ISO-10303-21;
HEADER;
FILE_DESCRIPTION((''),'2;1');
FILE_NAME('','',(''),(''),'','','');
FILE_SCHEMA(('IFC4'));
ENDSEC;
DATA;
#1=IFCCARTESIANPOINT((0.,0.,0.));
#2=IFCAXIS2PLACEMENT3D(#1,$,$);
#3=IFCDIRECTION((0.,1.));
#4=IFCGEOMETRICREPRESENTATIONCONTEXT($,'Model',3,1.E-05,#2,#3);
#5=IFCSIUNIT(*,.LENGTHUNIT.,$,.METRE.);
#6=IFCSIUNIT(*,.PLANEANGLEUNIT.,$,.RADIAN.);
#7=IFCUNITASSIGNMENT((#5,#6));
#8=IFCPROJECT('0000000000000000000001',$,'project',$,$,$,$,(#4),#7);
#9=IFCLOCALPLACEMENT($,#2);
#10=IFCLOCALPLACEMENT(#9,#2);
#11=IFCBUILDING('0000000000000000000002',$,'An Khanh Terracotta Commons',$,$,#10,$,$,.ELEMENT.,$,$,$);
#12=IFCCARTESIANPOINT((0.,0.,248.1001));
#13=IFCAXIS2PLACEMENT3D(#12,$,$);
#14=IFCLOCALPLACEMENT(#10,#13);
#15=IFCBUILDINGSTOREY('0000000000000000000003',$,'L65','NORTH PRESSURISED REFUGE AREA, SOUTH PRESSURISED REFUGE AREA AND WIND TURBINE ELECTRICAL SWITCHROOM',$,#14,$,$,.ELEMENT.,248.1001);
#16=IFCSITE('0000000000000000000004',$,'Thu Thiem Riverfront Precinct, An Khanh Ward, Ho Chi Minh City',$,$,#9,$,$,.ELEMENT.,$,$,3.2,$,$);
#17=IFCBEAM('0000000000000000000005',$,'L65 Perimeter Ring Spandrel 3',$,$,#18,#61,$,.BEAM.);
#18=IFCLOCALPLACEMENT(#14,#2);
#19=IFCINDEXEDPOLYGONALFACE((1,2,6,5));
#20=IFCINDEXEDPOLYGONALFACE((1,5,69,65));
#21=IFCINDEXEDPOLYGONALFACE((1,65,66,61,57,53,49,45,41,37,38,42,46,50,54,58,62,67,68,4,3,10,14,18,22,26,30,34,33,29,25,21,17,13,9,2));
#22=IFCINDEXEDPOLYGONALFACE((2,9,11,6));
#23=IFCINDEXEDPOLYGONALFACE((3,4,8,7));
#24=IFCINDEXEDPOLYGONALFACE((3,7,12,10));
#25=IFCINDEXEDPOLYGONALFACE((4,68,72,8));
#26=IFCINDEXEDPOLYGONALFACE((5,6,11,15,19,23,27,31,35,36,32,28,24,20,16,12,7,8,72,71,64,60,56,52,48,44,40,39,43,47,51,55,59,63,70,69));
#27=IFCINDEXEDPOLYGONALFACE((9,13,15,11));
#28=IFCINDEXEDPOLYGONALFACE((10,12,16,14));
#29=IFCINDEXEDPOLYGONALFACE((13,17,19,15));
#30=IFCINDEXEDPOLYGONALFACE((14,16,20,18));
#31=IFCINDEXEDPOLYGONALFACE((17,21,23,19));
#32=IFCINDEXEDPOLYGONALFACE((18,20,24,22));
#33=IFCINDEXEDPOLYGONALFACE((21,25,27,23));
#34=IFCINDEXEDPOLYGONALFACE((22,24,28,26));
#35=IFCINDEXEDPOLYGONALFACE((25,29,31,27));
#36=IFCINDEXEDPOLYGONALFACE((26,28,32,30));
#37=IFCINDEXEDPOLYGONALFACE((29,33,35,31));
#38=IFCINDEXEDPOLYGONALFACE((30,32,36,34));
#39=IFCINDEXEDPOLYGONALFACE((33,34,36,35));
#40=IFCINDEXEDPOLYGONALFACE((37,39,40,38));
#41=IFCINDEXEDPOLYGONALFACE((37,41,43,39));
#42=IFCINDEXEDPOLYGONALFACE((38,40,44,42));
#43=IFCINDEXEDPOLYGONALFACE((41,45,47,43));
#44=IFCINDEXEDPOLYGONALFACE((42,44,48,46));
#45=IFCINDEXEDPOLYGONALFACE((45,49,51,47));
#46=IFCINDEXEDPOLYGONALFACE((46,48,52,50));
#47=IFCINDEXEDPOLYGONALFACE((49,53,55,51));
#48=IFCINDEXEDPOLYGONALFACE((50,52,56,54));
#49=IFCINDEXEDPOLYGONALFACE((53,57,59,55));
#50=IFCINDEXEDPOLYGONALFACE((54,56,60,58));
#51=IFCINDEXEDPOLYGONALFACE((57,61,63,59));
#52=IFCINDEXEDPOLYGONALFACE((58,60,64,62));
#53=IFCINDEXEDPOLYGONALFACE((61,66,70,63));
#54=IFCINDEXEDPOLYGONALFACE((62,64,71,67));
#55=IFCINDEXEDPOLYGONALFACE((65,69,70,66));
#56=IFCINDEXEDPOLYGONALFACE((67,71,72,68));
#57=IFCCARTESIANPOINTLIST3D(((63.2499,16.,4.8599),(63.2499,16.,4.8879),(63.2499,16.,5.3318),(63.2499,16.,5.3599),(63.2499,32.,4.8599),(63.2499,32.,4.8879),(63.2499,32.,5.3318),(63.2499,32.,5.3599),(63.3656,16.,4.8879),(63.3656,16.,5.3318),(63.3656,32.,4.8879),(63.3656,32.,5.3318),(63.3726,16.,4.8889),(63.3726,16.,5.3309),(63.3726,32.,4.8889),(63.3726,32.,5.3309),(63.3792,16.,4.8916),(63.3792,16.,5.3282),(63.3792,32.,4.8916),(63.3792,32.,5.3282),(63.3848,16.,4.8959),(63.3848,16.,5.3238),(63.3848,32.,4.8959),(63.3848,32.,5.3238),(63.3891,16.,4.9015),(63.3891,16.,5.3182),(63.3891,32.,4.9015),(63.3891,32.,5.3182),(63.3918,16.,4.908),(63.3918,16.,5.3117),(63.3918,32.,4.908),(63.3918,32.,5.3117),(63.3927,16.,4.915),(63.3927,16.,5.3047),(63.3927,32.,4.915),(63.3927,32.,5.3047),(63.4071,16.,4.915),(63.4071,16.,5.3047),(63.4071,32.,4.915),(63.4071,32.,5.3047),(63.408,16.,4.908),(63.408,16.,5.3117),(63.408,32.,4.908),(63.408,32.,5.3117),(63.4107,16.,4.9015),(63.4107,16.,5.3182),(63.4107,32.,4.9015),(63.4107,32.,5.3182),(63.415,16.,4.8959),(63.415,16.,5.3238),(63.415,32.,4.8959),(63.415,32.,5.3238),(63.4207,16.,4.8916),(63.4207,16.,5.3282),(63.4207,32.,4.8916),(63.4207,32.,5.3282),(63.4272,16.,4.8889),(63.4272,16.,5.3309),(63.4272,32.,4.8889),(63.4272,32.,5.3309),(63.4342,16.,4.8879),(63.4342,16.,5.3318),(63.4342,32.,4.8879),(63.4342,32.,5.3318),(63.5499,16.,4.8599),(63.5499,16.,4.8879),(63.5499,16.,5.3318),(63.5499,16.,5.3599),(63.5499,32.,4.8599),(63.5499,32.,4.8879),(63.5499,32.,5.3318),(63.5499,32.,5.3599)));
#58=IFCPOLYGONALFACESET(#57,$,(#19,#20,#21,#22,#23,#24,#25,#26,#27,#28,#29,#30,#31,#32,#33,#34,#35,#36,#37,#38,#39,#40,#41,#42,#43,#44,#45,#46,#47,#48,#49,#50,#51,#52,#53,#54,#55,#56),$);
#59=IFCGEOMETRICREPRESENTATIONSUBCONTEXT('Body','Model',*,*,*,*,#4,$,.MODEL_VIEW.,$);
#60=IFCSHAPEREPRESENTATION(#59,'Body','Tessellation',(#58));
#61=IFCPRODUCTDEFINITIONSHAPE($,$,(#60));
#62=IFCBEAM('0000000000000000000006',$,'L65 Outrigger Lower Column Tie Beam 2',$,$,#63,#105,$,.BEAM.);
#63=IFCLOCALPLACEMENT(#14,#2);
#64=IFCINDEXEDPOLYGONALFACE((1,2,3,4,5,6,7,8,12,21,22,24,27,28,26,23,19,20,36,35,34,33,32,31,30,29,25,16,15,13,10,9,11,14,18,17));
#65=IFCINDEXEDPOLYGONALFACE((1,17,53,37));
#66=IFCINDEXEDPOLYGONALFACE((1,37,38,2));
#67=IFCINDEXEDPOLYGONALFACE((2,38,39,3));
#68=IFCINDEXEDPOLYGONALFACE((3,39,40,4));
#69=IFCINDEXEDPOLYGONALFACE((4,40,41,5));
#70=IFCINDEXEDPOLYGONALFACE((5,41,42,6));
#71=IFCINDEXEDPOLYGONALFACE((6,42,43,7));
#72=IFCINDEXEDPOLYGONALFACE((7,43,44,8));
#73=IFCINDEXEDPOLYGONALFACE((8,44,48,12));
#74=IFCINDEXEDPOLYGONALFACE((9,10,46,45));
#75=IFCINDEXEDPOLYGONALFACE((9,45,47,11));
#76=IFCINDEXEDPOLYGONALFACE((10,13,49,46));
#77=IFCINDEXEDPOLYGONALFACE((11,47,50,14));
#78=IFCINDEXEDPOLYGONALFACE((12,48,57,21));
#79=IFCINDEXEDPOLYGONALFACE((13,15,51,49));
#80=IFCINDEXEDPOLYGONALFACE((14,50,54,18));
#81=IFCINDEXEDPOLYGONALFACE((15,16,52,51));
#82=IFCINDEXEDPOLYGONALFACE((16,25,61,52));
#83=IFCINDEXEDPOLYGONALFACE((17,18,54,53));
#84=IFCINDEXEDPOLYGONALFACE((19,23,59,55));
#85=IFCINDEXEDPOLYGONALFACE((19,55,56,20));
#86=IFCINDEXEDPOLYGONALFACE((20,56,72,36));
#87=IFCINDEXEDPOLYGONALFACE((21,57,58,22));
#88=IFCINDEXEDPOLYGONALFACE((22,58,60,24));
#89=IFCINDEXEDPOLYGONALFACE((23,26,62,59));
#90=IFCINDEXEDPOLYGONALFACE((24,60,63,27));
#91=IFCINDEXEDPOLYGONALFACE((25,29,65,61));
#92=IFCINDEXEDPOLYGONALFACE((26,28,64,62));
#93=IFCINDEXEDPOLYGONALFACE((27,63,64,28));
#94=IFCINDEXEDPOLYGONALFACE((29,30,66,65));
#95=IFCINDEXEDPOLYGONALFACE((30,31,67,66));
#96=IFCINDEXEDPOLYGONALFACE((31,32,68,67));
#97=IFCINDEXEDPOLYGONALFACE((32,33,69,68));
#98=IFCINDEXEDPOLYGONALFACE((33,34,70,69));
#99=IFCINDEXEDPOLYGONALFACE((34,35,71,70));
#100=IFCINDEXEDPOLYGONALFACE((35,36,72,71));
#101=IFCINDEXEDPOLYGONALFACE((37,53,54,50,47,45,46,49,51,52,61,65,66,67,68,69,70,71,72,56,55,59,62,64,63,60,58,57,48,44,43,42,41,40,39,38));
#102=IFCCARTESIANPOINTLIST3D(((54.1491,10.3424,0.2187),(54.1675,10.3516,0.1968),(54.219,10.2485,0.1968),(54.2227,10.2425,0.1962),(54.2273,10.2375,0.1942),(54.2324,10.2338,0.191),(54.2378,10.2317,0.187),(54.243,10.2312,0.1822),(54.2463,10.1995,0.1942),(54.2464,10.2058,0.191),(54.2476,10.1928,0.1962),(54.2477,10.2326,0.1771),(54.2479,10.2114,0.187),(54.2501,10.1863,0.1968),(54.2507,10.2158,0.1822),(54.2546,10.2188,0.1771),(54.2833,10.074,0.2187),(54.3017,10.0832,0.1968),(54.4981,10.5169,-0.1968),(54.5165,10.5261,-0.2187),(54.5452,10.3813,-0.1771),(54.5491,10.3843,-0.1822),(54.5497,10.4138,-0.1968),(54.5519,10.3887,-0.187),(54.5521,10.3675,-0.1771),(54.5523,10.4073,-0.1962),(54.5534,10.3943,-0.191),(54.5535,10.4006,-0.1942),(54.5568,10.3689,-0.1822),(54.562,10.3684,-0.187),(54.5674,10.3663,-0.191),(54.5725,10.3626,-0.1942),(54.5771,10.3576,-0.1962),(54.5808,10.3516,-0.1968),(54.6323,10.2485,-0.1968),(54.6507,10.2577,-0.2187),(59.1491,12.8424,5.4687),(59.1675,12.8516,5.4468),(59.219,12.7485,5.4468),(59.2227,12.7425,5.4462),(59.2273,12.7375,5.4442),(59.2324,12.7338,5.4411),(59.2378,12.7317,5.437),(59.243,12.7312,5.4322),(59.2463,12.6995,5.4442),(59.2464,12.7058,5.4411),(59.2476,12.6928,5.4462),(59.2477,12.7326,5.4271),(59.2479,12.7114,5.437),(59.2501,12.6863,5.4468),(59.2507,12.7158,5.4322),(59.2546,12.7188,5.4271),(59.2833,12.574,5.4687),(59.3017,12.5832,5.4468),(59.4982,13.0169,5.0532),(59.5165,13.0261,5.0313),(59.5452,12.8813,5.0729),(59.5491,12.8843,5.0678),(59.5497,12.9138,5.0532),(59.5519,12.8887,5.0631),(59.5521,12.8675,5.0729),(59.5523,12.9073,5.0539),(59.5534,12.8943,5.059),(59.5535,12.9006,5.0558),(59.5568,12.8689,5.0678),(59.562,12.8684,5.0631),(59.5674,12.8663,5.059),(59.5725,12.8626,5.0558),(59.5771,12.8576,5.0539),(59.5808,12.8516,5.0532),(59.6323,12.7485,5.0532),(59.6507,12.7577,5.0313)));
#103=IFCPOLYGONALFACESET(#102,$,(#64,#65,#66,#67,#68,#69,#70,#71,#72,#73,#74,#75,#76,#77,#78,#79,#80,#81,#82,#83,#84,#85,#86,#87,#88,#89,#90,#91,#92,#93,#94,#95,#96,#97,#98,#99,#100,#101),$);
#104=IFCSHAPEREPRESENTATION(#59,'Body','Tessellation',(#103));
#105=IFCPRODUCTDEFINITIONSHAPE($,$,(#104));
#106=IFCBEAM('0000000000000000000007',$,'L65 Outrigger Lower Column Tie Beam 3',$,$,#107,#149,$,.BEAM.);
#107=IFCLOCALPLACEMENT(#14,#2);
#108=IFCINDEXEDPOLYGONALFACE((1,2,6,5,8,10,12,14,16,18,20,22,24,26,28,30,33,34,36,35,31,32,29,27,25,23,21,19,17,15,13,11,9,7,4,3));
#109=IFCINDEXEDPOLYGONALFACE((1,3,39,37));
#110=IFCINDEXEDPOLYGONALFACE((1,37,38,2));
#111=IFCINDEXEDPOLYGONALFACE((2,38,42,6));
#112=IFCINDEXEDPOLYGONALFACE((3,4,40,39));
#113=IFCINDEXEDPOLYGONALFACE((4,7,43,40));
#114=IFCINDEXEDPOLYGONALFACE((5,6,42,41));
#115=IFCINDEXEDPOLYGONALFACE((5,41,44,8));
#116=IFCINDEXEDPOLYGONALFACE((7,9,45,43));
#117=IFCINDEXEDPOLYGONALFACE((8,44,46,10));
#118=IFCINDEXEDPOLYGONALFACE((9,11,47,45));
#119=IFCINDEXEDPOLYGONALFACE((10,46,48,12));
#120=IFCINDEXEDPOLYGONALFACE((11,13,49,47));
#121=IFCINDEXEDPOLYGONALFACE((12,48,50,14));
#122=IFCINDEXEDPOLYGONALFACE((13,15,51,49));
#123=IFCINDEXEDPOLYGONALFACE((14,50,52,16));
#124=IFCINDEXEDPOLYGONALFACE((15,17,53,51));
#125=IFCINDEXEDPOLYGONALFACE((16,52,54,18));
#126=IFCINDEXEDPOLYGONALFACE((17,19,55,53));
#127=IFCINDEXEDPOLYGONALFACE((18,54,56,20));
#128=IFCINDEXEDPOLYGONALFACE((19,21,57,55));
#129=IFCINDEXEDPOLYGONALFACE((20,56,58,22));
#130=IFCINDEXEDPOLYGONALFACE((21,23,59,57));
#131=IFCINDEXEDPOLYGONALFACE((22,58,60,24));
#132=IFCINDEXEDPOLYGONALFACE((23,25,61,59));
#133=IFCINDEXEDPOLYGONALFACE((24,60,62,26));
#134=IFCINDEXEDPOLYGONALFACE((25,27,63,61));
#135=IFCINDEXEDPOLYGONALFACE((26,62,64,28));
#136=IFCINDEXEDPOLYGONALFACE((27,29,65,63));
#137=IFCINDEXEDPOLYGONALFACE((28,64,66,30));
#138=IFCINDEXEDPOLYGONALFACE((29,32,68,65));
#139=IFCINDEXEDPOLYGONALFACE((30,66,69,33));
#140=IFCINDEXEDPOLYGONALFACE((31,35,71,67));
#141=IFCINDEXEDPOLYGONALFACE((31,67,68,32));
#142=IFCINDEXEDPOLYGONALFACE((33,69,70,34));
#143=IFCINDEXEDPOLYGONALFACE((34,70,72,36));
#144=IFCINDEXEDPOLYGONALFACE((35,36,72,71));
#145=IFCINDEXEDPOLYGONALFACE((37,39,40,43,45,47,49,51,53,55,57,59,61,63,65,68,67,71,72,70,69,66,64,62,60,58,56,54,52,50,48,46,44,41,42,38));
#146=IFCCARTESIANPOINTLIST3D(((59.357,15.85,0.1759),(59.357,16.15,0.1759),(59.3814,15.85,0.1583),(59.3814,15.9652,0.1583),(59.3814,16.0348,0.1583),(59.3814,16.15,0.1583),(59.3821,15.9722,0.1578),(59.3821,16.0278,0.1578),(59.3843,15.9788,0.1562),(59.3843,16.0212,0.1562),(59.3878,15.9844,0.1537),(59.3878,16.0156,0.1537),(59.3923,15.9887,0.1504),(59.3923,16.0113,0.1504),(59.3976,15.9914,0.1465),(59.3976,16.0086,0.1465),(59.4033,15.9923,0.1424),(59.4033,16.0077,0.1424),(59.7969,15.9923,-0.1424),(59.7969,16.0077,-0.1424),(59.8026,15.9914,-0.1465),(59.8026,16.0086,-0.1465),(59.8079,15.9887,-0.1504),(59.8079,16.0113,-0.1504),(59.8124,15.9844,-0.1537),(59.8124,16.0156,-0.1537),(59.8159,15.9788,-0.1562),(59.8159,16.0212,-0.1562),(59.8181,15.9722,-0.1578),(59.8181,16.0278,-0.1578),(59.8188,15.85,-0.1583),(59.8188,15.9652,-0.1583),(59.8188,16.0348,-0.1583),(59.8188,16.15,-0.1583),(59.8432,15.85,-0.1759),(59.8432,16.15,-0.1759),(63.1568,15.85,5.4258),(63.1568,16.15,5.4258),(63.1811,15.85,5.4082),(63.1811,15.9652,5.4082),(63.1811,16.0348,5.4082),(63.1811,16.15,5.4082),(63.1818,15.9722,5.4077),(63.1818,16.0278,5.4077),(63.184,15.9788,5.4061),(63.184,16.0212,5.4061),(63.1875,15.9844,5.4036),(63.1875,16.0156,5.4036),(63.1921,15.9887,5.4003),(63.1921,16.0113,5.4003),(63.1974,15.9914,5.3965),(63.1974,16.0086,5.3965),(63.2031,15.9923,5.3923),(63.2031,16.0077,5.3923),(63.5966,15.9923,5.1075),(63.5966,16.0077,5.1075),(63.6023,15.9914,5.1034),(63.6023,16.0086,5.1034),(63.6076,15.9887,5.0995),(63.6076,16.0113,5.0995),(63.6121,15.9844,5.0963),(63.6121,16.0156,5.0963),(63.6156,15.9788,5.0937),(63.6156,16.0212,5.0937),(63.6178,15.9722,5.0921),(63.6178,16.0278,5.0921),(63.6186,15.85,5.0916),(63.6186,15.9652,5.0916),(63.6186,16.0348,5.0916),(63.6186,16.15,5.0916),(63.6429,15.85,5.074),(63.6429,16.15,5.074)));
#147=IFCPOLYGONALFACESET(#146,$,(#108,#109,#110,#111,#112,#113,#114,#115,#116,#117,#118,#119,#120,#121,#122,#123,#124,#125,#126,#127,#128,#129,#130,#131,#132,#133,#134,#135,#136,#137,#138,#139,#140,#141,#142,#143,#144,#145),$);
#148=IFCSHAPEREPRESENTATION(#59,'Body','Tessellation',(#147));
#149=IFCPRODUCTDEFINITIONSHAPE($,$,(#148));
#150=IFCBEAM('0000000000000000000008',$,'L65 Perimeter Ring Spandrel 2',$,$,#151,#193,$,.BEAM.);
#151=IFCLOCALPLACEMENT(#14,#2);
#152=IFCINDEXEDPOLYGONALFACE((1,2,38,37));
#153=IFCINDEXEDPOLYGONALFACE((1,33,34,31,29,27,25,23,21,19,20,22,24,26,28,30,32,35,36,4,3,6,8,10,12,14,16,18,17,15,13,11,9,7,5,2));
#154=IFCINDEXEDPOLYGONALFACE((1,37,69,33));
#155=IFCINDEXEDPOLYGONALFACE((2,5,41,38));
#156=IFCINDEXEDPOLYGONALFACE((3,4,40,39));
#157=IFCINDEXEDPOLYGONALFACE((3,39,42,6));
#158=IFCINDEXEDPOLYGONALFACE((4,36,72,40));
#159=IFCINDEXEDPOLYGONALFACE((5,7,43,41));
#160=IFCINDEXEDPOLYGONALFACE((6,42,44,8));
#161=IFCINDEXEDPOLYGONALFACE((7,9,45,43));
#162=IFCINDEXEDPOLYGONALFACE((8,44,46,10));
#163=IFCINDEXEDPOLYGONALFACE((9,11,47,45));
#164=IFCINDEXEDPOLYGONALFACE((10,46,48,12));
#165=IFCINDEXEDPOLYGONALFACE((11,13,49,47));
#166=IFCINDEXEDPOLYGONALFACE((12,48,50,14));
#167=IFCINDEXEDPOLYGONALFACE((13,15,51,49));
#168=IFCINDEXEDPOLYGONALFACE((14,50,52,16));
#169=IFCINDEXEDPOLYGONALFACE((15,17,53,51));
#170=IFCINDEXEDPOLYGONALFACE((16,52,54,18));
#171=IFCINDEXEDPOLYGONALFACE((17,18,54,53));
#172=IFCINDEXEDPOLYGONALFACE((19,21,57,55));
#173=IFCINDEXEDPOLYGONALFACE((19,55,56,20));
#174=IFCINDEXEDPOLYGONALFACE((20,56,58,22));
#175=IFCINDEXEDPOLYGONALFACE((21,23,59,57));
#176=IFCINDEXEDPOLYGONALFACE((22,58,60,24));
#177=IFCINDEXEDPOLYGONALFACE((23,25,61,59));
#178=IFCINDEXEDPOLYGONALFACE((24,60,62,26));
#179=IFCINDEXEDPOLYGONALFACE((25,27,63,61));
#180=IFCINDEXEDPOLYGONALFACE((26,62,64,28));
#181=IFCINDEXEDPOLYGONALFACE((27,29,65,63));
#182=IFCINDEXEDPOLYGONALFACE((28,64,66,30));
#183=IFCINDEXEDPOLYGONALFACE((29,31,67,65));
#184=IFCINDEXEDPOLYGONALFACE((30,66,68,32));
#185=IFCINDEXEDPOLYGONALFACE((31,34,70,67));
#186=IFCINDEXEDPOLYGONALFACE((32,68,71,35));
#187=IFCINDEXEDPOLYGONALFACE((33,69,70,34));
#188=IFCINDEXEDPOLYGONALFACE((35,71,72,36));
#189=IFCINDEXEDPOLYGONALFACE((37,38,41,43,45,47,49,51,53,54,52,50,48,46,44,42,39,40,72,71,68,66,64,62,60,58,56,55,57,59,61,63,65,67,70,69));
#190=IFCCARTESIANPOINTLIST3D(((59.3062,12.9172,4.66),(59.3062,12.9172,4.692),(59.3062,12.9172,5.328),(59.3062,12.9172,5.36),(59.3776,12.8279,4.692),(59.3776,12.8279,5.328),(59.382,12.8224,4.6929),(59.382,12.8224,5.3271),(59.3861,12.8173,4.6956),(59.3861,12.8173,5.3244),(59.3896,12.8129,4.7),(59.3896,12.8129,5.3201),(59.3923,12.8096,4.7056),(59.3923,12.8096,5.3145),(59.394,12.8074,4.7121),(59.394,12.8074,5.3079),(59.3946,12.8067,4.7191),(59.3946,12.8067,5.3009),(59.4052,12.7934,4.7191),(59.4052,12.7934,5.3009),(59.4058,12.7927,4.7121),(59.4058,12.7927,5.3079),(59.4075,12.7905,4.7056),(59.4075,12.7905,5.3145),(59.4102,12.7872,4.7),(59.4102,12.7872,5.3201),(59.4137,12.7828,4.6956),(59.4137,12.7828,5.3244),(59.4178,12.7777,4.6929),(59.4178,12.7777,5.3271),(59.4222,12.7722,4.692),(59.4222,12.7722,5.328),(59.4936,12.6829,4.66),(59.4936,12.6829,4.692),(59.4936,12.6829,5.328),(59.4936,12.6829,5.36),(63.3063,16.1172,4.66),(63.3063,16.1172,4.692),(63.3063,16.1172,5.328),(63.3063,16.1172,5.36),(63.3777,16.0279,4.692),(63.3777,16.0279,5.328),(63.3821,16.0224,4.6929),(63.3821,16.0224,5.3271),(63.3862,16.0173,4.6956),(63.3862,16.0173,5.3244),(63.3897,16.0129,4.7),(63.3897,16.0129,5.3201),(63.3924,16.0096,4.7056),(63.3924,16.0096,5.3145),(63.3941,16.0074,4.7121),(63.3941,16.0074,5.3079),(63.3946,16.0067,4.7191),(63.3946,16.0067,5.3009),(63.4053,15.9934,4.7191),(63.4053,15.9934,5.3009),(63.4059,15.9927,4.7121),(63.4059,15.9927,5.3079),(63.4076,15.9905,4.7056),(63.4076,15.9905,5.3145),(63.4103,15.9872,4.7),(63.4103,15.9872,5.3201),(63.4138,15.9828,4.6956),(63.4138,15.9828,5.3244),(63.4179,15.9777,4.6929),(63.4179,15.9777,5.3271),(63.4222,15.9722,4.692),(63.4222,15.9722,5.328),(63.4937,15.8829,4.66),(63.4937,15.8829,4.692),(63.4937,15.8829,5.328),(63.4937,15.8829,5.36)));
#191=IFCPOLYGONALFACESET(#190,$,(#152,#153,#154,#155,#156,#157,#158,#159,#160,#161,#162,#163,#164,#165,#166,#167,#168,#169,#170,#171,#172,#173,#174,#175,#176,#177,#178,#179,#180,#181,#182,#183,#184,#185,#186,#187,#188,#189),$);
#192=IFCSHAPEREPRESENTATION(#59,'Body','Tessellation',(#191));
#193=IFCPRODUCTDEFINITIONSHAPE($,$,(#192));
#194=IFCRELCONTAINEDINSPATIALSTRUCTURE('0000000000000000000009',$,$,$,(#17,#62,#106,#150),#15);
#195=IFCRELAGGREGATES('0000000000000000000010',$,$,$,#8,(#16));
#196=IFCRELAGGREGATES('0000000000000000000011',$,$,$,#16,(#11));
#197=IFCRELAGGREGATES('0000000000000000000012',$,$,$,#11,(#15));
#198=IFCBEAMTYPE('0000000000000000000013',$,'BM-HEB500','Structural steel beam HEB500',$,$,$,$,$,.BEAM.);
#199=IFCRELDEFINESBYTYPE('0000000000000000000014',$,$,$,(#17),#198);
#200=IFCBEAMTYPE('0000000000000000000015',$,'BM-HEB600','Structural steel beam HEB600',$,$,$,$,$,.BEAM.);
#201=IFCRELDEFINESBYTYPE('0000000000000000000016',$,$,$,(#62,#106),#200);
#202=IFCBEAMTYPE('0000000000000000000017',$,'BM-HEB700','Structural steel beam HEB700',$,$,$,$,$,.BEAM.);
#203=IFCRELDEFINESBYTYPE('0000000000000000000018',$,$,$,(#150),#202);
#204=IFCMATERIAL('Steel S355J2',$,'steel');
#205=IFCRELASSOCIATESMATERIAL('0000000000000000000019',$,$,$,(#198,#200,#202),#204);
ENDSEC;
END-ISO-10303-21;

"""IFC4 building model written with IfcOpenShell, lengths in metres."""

from ifc_helpers import new_model, si_unit, direction, frame, origin, origin_2d, place, context, subcontext, project, spatial, i_section, extrude, material, material_profile, profile_set, type_object, element, save


model = new_model("IFC4")

# Units and contexts
model_context = context("Model", 3, precision=1e-05, world=origin(), true_north=direction((0.0, 1.0)))
body_context = subcontext(model_context, "Body", "Model", "MODEL_VIEW")
ifc_project = project(units=[si_unit("LENGTHUNIT", "METRE"), si_unit("PLANEANGLEUNIT", "RADIAN")], contexts=[model_context])

# Site, building, storey
site_placement = place(None, origin())
site = spatial("IfcSite", under=ifc_project, at=site_placement, Name="Thu Thiem Riverfront Precinct, An Khanh Ward, Ho Chi Minh City", CompositionType="ELEMENT", RefElevation=3.2)
building_placement = place(site_placement, origin())
building = spatial("IfcBuilding", under=site, at=building_placement, Name="An Khanh Terracotta Commons", CompositionType="ELEMENT")
storey_placement = place(building_placement, frame((0.0, 0.0, 248.1001)))
storey = spatial("IfcBuildingStorey", under=building, at=storey_placement, Name="L65", Description="NORTH PRESSURISED REFUGE AREA, SOUTH PRESSURISED REFUGE AREA AND WIND TURBINE ELECTRICAL SWITCHROOM", CompositionType="ELEMENT", Elevation=248.1001)

# Beams
ifc_material_1 = material(Name="Steel S355J2", Category="steel")
ifc_material_profile_1 = material_profile(ifc_material_1, i_section(OverallWidth=0.3, OverallDepth=0.5, WebThickness=0.0144, FlangeThickness=0.0281, FilletRadius=0.0271, at=origin_2d()), Name="HEB500")
ifc_profile_set_1 = profile_set([ifc_material_profile_1], Name="Steel S355J2")
beam_type_1 = type_object("IfcBeamType", Name="BM-HEB500", Description="Structural steel beam HEB500", PredefinedType="BEAM", material=ifc_profile_set_1)
beam_1_placement = place(storey_placement, frame((63.3999, 16.0, 5.1099), z_axis=(0.0, 1.0, 0.0), x_axis=(-1.0, 0.0, 0.0)))
element("IfcBeam", 1, at=beam_1_placement, inside=storey, type_object=beam_type_1, Name="L65 Perimeter Ring Spandrel 3", PredefinedType="BEAM", context=body_context, shape_type="SweptSolid", body=[
    extrude(i_section(OverallWidth=0.3, OverallDepth=0.5, WebThickness=0.0144, FlangeThickness=0.0281, FilletRadius=0.0271, at=origin_2d()), origin(), (0.0, 0.0, 1.0), 16.0),
])
ifc_material_profile_2 = material_profile(ifc_material_1, i_section(OverallWidth=0.3, OverallDepth=0.6001, WebThickness=0.0154, FlangeThickness=0.03, FilletRadius=0.0271, at=origin_2d()), Name="HEB600")
ifc_profile_set_2 = profile_set([ifc_material_profile_2], Name="Steel S355J2")
beam_type_2 = type_object("IfcBeamType", Name="BM-HEB600", Description="Structural steel beam HEB600", PredefinedType="BEAM", material=ifc_profile_set_2)
beam_2_placement = place(storey_placement, frame((54.3999, 10.3, 0.0), z_axis=(0.651981, 0.325991, 0.68458), x_axis=(-0.447214, 0.894427, 0.0)))
element("IfcBeam", 2, at=beam_2_placement, inside=storey, type_object=beam_type_2, Name="L65 Outrigger Lower Column Tie Beam 2", PredefinedType="BEAM", context=body_context, shape_type="SweptSolid", body=[
    extrude(i_section(OverallWidth=0.3, OverallDepth=0.6001, WebThickness=0.0154, FlangeThickness=0.03, FilletRadius=0.0271, at=origin_2d()), origin(), (0.0, 0.0, 1.0), 7.6689),
])
beam_3_placement = place(storey_placement, frame((59.6001, 16.0, 0.0), z_axis=(0.586316, 0.0, 0.810083), x_axis=(0.0, 1.0, 0.0)))
element("IfcBeam", 3, at=beam_3_placement, inside=storey, type_object=beam_type_2, Name="L65 Outrigger Lower Column Tie Beam 3", PredefinedType="BEAM", context=body_context, shape_type="SweptSolid", body=[
    extrude(i_section(OverallWidth=0.3, OverallDepth=0.6001, WebThickness=0.0154, FlangeThickness=0.03, FilletRadius=0.0271, at=origin_2d()), origin(), (0.0, 0.0, 1.0), 6.4807),
])
ifc_material_profile_3 = material_profile(ifc_material_1, i_section(OverallWidth=0.3, OverallDepth=0.7, WebThickness=0.0171, FlangeThickness=0.032, FilletRadius=0.0271, at=origin_2d()), Name="HEB700")
ifc_profile_set_3 = profile_set([ifc_material_profile_3], Name="Steel S355J2")
beam_type_3 = type_object("IfcBeamType", Name="BM-HEB700", Description="Structural steel beam HEB700", PredefinedType="BEAM", material=ifc_profile_set_3)
beam_4_placement = place(storey_placement, frame((59.3999, 12.8, 5.01), z_axis=(0.780873, 0.624689, 0.0), x_axis=(-0.624689, 0.780873, 0.0)))
element("IfcBeam", 4, at=beam_4_placement, inside=storey, type_object=beam_type_3, Name="L65 Perimeter Ring Spandrel 2", PredefinedType="BEAM", context=body_context, shape_type="SweptSolid", body=[
    extrude(i_section(OverallWidth=0.3, OverallDepth=0.7, WebThickness=0.0171, FlangeThickness=0.032, FilletRadius=0.0271, at=origin_2d()), origin(), (0.0, 0.0, 1.0), 5.1226),
])

save(model, "model.ifc")
